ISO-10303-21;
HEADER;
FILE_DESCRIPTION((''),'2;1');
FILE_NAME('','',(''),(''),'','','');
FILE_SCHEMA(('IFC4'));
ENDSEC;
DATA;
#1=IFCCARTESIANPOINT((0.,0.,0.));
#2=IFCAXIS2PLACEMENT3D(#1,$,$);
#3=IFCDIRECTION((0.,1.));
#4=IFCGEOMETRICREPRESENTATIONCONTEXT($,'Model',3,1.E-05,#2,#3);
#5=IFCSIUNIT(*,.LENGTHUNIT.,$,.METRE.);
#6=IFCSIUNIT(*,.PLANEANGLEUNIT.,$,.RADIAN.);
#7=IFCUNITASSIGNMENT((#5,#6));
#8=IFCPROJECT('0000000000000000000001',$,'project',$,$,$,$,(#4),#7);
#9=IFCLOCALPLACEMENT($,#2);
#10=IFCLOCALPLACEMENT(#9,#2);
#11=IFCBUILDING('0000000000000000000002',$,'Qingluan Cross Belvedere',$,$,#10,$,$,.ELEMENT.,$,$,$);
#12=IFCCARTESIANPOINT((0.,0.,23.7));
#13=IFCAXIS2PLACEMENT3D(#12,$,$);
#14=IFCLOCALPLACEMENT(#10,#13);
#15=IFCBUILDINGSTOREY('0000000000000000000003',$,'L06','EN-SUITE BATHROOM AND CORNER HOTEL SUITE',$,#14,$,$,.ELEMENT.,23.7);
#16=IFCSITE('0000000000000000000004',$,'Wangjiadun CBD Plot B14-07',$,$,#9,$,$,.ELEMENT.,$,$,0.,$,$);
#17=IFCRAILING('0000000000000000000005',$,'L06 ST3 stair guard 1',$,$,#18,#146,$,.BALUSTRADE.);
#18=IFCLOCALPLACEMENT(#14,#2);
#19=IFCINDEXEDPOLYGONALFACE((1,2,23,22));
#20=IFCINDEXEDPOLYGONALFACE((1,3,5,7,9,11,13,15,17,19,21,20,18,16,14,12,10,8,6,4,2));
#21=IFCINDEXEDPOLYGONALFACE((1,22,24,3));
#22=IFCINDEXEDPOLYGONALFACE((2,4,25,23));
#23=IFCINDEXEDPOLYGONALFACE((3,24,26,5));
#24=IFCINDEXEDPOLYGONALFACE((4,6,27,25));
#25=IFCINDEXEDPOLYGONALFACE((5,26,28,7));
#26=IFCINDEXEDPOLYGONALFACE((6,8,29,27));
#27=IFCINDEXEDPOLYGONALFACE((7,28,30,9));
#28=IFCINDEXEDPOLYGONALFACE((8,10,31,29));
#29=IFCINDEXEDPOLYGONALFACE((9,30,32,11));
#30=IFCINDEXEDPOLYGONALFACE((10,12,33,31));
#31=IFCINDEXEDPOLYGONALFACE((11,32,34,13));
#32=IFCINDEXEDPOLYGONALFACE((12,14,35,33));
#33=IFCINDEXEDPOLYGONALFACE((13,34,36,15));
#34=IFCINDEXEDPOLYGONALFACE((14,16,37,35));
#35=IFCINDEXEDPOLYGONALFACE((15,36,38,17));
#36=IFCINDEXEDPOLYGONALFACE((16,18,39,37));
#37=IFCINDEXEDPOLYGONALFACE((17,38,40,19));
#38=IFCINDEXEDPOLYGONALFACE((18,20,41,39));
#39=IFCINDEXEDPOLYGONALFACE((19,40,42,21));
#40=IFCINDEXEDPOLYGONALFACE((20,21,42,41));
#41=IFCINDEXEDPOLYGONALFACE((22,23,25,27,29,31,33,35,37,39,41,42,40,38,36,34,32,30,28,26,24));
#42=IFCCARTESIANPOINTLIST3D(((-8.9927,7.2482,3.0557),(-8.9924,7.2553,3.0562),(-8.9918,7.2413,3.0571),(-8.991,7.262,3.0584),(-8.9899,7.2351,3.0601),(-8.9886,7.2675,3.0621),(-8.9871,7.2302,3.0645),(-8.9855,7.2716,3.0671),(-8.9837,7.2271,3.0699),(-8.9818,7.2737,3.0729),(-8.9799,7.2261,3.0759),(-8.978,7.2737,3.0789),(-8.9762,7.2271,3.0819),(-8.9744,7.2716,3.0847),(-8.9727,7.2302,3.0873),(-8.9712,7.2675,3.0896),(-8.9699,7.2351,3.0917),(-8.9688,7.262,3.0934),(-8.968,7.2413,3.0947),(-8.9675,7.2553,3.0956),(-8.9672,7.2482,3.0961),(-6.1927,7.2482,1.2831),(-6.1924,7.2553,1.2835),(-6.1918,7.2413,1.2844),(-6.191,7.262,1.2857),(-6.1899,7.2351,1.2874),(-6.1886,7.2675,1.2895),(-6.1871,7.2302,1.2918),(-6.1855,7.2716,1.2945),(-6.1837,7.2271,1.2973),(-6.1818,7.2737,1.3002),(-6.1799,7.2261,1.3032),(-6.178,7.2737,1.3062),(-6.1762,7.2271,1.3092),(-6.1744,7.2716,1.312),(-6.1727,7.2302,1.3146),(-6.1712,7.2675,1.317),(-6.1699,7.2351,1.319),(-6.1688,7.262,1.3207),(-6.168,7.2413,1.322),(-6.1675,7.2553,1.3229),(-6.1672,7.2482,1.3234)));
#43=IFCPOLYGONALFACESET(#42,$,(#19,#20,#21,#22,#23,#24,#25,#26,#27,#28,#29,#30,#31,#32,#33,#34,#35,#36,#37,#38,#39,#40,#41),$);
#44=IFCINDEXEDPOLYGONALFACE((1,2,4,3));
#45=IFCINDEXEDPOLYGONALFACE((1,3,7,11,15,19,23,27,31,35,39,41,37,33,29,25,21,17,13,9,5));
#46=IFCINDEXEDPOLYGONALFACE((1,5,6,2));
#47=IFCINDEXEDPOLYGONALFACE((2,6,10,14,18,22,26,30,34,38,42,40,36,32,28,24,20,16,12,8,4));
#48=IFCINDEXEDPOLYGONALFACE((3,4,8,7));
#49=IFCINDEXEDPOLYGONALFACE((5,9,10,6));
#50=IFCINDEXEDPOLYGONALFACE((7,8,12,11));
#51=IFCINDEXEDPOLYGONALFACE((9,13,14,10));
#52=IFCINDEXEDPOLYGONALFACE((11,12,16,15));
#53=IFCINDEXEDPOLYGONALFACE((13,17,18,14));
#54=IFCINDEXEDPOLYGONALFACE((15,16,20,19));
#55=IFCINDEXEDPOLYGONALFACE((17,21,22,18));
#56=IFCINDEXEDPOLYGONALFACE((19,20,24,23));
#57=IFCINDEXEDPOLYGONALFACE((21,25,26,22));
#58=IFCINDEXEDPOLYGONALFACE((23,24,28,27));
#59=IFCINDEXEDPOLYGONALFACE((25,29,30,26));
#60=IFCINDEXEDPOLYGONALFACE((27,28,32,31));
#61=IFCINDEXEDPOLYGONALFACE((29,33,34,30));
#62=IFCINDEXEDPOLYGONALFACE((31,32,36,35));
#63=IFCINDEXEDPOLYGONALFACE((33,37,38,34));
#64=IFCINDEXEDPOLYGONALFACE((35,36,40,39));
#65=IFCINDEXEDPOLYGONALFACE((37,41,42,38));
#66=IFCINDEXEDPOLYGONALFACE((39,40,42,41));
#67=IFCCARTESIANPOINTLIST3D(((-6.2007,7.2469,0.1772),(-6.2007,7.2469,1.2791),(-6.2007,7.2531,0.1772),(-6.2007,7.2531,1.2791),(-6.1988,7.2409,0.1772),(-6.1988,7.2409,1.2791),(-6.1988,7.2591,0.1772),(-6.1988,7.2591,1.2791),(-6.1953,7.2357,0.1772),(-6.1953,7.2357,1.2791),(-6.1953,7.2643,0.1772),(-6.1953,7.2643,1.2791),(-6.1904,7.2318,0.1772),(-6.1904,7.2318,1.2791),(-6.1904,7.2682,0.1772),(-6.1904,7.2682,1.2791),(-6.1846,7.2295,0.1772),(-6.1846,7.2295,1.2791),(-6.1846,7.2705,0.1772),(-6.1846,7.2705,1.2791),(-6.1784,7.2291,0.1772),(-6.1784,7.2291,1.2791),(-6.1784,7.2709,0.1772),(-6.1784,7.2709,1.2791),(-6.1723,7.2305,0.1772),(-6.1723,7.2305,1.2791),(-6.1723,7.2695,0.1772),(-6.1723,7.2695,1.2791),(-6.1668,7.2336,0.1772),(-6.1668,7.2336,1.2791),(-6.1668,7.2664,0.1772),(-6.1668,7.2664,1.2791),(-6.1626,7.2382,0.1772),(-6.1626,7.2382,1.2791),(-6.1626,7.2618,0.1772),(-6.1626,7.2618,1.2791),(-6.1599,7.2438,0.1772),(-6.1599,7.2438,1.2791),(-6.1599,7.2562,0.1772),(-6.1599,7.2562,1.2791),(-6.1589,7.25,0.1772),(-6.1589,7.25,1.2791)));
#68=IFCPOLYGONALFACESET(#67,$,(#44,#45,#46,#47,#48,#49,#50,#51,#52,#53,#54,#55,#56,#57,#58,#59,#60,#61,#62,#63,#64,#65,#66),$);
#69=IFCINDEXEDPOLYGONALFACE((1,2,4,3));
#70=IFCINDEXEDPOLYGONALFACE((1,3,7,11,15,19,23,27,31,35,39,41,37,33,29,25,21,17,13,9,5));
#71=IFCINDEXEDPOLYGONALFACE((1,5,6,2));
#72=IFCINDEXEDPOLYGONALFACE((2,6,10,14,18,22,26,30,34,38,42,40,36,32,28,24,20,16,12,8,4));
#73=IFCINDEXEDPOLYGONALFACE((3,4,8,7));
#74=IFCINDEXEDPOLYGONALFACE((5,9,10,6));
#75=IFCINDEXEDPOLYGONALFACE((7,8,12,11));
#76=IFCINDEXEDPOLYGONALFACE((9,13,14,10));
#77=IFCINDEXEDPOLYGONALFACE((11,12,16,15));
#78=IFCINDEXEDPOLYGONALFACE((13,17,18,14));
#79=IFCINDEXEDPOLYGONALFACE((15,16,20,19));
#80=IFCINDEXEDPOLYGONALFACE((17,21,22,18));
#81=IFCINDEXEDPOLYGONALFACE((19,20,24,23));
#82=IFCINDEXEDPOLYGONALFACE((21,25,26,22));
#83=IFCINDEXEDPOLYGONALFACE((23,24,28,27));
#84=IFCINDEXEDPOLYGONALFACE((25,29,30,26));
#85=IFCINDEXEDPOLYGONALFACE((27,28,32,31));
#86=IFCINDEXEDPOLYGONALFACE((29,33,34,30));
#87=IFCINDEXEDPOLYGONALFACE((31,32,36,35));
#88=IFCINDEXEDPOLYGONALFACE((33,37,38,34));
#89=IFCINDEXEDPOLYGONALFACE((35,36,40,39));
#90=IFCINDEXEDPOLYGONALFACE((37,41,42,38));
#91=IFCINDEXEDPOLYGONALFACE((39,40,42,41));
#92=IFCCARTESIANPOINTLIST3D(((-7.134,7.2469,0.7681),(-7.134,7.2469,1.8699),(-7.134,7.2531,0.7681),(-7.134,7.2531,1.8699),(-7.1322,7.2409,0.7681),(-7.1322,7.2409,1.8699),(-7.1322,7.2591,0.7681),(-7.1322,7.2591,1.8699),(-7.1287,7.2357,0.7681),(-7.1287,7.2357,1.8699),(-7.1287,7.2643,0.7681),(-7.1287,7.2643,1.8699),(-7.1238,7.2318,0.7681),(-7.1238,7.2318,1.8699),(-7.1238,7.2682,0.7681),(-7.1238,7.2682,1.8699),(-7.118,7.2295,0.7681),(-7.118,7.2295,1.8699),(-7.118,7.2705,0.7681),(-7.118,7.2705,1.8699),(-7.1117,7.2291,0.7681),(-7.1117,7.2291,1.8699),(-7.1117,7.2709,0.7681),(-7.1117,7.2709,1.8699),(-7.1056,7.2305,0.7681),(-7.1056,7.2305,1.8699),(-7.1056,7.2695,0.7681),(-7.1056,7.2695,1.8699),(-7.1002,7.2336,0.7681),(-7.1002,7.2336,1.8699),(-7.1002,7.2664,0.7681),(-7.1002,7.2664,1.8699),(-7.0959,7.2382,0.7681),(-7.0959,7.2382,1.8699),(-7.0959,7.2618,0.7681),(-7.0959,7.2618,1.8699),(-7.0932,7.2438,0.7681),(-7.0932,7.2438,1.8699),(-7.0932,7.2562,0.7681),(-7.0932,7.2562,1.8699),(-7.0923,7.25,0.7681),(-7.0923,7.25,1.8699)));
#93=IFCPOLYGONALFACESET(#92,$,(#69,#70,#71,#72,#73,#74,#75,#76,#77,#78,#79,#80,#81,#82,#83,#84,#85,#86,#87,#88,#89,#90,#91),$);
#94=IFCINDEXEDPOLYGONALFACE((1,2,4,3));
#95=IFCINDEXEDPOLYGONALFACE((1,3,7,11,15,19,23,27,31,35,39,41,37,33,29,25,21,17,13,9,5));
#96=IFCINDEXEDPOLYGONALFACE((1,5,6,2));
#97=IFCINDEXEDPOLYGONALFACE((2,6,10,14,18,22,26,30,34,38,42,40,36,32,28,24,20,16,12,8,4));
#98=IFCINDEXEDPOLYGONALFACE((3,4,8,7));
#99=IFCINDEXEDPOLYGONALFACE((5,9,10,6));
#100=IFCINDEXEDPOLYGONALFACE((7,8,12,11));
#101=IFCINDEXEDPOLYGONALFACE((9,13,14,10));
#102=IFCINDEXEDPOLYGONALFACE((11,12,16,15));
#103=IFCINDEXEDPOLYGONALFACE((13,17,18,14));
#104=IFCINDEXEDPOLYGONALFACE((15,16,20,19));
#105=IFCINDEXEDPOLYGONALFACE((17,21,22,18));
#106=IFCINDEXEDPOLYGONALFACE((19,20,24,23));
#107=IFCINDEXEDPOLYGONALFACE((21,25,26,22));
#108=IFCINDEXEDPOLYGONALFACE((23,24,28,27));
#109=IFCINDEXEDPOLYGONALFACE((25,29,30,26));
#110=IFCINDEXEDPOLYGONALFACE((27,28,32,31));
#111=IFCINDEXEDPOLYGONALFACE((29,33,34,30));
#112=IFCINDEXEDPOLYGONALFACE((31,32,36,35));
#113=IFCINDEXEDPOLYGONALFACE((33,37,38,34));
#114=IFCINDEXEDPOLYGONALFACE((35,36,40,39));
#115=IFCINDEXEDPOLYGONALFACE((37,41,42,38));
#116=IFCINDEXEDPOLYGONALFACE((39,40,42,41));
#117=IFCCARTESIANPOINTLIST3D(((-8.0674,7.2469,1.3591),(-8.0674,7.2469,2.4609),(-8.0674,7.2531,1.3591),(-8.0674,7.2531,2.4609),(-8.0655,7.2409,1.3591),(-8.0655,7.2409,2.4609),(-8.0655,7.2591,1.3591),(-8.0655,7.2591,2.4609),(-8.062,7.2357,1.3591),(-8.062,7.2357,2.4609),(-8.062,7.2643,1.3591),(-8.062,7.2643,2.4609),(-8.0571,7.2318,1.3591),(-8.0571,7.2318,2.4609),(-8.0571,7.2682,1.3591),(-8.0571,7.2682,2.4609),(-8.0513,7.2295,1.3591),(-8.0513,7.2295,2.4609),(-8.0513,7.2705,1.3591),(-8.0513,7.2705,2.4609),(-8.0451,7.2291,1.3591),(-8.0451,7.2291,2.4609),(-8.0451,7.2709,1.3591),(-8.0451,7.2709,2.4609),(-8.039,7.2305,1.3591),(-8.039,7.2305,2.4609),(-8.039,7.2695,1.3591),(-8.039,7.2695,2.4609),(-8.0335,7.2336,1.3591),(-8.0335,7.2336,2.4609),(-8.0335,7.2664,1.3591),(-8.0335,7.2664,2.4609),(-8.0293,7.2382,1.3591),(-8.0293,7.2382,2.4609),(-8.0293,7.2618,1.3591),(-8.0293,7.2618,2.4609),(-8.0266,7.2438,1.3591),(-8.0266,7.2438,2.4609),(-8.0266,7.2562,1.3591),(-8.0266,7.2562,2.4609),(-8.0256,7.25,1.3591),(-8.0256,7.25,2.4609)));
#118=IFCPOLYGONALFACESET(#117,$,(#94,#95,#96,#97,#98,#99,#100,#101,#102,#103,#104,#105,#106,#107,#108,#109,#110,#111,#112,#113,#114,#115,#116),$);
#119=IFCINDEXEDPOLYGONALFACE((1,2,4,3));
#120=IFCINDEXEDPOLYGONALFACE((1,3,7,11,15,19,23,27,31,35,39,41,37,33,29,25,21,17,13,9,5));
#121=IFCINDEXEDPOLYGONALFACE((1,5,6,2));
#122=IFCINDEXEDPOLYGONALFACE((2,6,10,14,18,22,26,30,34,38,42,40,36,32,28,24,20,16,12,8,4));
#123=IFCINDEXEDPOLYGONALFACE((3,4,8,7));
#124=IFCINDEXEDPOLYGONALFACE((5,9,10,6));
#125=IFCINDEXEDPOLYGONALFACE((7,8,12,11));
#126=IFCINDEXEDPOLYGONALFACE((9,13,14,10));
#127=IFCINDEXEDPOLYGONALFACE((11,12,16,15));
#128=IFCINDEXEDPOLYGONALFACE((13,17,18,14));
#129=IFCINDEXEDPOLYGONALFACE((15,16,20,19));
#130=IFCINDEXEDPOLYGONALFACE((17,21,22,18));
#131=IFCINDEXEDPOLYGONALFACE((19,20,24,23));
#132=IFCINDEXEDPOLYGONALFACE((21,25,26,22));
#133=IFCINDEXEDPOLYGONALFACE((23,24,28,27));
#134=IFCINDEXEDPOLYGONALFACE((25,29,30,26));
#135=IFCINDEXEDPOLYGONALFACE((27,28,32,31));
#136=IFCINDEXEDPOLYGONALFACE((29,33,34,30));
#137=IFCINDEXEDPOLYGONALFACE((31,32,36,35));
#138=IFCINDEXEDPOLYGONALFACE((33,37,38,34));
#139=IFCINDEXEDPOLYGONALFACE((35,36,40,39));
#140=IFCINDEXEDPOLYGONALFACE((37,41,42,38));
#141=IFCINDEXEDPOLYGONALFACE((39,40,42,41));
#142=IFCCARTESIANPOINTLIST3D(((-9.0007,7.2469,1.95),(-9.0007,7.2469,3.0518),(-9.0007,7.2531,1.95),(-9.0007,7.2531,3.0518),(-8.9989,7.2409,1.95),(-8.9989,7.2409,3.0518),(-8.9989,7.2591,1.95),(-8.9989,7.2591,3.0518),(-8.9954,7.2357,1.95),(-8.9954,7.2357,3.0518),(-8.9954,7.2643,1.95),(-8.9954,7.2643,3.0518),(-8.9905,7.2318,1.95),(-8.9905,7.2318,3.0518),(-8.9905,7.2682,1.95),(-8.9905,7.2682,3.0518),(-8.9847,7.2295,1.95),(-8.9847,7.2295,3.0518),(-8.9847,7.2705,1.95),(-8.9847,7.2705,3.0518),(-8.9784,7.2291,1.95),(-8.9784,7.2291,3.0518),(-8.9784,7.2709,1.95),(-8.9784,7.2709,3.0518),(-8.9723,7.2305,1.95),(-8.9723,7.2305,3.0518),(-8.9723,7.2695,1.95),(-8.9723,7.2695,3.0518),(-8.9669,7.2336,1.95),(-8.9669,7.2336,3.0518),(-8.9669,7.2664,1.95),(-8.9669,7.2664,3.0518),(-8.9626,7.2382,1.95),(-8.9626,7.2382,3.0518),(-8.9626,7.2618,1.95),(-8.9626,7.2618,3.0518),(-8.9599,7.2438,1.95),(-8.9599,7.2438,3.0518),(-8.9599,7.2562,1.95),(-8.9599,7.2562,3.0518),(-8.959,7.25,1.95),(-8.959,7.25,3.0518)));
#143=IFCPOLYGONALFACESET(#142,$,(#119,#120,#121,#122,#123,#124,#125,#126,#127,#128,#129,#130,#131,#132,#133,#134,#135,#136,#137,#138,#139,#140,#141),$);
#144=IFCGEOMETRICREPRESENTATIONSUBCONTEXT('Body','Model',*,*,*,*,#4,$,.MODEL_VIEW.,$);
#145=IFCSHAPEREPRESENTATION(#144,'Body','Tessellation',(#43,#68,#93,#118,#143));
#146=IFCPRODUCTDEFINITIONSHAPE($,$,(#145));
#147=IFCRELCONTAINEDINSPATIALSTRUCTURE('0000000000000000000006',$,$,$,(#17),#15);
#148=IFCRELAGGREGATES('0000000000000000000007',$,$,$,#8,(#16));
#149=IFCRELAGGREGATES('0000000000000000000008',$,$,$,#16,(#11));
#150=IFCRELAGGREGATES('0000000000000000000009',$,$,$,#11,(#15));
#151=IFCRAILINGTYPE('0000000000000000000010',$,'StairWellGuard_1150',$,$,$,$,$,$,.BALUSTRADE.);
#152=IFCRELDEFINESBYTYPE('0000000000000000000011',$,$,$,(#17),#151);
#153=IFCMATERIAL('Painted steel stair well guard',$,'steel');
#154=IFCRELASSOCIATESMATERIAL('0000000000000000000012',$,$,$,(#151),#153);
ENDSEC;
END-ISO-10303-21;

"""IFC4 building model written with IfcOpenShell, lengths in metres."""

from ifc_helpers import new_model, si_unit, direction, frame, origin, origin_2d, place, context, subcontext, project, spatial, circle, extrude, material, type_object, element, save


model = new_model("IFC4")

# Units and contexts
model_context = context("Model", 3, precision=1e-05, world=origin(), true_north=direction((0.0, 1.0)))
body_context = subcontext(model_context, "Body", "Model", "MODEL_VIEW")
ifc_project = project(units=[si_unit("LENGTHUNIT", "METRE"), si_unit("PLANEANGLEUNIT", "RADIAN")], contexts=[model_context])

# Site, building, storey
site_placement = place(None, origin())
site = spatial("IfcSite", under=ifc_project, at=site_placement, Name="Wangjiadun CBD Plot B14-07", CompositionType="ELEMENT", RefElevation=0.0)
building_placement = place(site_placement, origin())
building = spatial("IfcBuilding", under=site, at=building_placement, Name="Qingluan Cross Belvedere", CompositionType="ELEMENT")
storey_placement = place(building_placement, frame((0.0, 0.0, 23.7)))
storey = spatial("IfcBuildingStorey", under=building, at=storey_placement, Name="L06", Description="EN-SUITE BATHROOM AND CORNER HOTEL SUITE", CompositionType="ELEMENT", Elevation=23.7)

# Railing
ifc_material_1 = material(Name="Painted steel stair well guard", Category="steel")
railing_type_1 = type_object("IfcRailingType", Name="StairWellGuard_1150", PredefinedType="BALUSTRADE", material=ifc_material_1)
railing_1_placement = place(storey_placement, frame((-6.1799, 7.25, 0.1772)))
element("IfcRailing", 1, at=railing_1_placement, inside=storey, type_object=railing_type_1, Name="L06 ST3 stair guard 1", PredefinedType="BALUSTRADE", context=body_context, shape_type="SweptSolid", body=[
    extrude(circle(Radius=0.0239, at=origin_2d()), frame((0.0, 0.0, 1.126), z_axis=(-0.844909, 0.0, 0.53491), x_axis=(0.0, -1.0, 0.0)), (0.0, 0.0, 1.0), 3.314),
    extrude(circle(Radius=0.021, at=origin_2d()), origin(), (0.0, 0.0, 1.0), 1.1018),
    extrude(circle(Radius=0.021, at=origin_2d()), frame((-0.9333, 0.0, 0.5908)), (0.0, 0.0, 1.0), 1.1018),
    extrude(circle(Radius=0.021, at=origin_2d()), frame((-1.8667, 0.0, 1.1819)), (0.0, 0.0, 1.0), 1.1018),
    extrude(circle(Radius=0.021, at=origin_2d()), frame((-2.8, 0.0, 1.7727)), (0.0, 0.0, 1.0), 1.1018),
])

save(model, "model.ifc")
